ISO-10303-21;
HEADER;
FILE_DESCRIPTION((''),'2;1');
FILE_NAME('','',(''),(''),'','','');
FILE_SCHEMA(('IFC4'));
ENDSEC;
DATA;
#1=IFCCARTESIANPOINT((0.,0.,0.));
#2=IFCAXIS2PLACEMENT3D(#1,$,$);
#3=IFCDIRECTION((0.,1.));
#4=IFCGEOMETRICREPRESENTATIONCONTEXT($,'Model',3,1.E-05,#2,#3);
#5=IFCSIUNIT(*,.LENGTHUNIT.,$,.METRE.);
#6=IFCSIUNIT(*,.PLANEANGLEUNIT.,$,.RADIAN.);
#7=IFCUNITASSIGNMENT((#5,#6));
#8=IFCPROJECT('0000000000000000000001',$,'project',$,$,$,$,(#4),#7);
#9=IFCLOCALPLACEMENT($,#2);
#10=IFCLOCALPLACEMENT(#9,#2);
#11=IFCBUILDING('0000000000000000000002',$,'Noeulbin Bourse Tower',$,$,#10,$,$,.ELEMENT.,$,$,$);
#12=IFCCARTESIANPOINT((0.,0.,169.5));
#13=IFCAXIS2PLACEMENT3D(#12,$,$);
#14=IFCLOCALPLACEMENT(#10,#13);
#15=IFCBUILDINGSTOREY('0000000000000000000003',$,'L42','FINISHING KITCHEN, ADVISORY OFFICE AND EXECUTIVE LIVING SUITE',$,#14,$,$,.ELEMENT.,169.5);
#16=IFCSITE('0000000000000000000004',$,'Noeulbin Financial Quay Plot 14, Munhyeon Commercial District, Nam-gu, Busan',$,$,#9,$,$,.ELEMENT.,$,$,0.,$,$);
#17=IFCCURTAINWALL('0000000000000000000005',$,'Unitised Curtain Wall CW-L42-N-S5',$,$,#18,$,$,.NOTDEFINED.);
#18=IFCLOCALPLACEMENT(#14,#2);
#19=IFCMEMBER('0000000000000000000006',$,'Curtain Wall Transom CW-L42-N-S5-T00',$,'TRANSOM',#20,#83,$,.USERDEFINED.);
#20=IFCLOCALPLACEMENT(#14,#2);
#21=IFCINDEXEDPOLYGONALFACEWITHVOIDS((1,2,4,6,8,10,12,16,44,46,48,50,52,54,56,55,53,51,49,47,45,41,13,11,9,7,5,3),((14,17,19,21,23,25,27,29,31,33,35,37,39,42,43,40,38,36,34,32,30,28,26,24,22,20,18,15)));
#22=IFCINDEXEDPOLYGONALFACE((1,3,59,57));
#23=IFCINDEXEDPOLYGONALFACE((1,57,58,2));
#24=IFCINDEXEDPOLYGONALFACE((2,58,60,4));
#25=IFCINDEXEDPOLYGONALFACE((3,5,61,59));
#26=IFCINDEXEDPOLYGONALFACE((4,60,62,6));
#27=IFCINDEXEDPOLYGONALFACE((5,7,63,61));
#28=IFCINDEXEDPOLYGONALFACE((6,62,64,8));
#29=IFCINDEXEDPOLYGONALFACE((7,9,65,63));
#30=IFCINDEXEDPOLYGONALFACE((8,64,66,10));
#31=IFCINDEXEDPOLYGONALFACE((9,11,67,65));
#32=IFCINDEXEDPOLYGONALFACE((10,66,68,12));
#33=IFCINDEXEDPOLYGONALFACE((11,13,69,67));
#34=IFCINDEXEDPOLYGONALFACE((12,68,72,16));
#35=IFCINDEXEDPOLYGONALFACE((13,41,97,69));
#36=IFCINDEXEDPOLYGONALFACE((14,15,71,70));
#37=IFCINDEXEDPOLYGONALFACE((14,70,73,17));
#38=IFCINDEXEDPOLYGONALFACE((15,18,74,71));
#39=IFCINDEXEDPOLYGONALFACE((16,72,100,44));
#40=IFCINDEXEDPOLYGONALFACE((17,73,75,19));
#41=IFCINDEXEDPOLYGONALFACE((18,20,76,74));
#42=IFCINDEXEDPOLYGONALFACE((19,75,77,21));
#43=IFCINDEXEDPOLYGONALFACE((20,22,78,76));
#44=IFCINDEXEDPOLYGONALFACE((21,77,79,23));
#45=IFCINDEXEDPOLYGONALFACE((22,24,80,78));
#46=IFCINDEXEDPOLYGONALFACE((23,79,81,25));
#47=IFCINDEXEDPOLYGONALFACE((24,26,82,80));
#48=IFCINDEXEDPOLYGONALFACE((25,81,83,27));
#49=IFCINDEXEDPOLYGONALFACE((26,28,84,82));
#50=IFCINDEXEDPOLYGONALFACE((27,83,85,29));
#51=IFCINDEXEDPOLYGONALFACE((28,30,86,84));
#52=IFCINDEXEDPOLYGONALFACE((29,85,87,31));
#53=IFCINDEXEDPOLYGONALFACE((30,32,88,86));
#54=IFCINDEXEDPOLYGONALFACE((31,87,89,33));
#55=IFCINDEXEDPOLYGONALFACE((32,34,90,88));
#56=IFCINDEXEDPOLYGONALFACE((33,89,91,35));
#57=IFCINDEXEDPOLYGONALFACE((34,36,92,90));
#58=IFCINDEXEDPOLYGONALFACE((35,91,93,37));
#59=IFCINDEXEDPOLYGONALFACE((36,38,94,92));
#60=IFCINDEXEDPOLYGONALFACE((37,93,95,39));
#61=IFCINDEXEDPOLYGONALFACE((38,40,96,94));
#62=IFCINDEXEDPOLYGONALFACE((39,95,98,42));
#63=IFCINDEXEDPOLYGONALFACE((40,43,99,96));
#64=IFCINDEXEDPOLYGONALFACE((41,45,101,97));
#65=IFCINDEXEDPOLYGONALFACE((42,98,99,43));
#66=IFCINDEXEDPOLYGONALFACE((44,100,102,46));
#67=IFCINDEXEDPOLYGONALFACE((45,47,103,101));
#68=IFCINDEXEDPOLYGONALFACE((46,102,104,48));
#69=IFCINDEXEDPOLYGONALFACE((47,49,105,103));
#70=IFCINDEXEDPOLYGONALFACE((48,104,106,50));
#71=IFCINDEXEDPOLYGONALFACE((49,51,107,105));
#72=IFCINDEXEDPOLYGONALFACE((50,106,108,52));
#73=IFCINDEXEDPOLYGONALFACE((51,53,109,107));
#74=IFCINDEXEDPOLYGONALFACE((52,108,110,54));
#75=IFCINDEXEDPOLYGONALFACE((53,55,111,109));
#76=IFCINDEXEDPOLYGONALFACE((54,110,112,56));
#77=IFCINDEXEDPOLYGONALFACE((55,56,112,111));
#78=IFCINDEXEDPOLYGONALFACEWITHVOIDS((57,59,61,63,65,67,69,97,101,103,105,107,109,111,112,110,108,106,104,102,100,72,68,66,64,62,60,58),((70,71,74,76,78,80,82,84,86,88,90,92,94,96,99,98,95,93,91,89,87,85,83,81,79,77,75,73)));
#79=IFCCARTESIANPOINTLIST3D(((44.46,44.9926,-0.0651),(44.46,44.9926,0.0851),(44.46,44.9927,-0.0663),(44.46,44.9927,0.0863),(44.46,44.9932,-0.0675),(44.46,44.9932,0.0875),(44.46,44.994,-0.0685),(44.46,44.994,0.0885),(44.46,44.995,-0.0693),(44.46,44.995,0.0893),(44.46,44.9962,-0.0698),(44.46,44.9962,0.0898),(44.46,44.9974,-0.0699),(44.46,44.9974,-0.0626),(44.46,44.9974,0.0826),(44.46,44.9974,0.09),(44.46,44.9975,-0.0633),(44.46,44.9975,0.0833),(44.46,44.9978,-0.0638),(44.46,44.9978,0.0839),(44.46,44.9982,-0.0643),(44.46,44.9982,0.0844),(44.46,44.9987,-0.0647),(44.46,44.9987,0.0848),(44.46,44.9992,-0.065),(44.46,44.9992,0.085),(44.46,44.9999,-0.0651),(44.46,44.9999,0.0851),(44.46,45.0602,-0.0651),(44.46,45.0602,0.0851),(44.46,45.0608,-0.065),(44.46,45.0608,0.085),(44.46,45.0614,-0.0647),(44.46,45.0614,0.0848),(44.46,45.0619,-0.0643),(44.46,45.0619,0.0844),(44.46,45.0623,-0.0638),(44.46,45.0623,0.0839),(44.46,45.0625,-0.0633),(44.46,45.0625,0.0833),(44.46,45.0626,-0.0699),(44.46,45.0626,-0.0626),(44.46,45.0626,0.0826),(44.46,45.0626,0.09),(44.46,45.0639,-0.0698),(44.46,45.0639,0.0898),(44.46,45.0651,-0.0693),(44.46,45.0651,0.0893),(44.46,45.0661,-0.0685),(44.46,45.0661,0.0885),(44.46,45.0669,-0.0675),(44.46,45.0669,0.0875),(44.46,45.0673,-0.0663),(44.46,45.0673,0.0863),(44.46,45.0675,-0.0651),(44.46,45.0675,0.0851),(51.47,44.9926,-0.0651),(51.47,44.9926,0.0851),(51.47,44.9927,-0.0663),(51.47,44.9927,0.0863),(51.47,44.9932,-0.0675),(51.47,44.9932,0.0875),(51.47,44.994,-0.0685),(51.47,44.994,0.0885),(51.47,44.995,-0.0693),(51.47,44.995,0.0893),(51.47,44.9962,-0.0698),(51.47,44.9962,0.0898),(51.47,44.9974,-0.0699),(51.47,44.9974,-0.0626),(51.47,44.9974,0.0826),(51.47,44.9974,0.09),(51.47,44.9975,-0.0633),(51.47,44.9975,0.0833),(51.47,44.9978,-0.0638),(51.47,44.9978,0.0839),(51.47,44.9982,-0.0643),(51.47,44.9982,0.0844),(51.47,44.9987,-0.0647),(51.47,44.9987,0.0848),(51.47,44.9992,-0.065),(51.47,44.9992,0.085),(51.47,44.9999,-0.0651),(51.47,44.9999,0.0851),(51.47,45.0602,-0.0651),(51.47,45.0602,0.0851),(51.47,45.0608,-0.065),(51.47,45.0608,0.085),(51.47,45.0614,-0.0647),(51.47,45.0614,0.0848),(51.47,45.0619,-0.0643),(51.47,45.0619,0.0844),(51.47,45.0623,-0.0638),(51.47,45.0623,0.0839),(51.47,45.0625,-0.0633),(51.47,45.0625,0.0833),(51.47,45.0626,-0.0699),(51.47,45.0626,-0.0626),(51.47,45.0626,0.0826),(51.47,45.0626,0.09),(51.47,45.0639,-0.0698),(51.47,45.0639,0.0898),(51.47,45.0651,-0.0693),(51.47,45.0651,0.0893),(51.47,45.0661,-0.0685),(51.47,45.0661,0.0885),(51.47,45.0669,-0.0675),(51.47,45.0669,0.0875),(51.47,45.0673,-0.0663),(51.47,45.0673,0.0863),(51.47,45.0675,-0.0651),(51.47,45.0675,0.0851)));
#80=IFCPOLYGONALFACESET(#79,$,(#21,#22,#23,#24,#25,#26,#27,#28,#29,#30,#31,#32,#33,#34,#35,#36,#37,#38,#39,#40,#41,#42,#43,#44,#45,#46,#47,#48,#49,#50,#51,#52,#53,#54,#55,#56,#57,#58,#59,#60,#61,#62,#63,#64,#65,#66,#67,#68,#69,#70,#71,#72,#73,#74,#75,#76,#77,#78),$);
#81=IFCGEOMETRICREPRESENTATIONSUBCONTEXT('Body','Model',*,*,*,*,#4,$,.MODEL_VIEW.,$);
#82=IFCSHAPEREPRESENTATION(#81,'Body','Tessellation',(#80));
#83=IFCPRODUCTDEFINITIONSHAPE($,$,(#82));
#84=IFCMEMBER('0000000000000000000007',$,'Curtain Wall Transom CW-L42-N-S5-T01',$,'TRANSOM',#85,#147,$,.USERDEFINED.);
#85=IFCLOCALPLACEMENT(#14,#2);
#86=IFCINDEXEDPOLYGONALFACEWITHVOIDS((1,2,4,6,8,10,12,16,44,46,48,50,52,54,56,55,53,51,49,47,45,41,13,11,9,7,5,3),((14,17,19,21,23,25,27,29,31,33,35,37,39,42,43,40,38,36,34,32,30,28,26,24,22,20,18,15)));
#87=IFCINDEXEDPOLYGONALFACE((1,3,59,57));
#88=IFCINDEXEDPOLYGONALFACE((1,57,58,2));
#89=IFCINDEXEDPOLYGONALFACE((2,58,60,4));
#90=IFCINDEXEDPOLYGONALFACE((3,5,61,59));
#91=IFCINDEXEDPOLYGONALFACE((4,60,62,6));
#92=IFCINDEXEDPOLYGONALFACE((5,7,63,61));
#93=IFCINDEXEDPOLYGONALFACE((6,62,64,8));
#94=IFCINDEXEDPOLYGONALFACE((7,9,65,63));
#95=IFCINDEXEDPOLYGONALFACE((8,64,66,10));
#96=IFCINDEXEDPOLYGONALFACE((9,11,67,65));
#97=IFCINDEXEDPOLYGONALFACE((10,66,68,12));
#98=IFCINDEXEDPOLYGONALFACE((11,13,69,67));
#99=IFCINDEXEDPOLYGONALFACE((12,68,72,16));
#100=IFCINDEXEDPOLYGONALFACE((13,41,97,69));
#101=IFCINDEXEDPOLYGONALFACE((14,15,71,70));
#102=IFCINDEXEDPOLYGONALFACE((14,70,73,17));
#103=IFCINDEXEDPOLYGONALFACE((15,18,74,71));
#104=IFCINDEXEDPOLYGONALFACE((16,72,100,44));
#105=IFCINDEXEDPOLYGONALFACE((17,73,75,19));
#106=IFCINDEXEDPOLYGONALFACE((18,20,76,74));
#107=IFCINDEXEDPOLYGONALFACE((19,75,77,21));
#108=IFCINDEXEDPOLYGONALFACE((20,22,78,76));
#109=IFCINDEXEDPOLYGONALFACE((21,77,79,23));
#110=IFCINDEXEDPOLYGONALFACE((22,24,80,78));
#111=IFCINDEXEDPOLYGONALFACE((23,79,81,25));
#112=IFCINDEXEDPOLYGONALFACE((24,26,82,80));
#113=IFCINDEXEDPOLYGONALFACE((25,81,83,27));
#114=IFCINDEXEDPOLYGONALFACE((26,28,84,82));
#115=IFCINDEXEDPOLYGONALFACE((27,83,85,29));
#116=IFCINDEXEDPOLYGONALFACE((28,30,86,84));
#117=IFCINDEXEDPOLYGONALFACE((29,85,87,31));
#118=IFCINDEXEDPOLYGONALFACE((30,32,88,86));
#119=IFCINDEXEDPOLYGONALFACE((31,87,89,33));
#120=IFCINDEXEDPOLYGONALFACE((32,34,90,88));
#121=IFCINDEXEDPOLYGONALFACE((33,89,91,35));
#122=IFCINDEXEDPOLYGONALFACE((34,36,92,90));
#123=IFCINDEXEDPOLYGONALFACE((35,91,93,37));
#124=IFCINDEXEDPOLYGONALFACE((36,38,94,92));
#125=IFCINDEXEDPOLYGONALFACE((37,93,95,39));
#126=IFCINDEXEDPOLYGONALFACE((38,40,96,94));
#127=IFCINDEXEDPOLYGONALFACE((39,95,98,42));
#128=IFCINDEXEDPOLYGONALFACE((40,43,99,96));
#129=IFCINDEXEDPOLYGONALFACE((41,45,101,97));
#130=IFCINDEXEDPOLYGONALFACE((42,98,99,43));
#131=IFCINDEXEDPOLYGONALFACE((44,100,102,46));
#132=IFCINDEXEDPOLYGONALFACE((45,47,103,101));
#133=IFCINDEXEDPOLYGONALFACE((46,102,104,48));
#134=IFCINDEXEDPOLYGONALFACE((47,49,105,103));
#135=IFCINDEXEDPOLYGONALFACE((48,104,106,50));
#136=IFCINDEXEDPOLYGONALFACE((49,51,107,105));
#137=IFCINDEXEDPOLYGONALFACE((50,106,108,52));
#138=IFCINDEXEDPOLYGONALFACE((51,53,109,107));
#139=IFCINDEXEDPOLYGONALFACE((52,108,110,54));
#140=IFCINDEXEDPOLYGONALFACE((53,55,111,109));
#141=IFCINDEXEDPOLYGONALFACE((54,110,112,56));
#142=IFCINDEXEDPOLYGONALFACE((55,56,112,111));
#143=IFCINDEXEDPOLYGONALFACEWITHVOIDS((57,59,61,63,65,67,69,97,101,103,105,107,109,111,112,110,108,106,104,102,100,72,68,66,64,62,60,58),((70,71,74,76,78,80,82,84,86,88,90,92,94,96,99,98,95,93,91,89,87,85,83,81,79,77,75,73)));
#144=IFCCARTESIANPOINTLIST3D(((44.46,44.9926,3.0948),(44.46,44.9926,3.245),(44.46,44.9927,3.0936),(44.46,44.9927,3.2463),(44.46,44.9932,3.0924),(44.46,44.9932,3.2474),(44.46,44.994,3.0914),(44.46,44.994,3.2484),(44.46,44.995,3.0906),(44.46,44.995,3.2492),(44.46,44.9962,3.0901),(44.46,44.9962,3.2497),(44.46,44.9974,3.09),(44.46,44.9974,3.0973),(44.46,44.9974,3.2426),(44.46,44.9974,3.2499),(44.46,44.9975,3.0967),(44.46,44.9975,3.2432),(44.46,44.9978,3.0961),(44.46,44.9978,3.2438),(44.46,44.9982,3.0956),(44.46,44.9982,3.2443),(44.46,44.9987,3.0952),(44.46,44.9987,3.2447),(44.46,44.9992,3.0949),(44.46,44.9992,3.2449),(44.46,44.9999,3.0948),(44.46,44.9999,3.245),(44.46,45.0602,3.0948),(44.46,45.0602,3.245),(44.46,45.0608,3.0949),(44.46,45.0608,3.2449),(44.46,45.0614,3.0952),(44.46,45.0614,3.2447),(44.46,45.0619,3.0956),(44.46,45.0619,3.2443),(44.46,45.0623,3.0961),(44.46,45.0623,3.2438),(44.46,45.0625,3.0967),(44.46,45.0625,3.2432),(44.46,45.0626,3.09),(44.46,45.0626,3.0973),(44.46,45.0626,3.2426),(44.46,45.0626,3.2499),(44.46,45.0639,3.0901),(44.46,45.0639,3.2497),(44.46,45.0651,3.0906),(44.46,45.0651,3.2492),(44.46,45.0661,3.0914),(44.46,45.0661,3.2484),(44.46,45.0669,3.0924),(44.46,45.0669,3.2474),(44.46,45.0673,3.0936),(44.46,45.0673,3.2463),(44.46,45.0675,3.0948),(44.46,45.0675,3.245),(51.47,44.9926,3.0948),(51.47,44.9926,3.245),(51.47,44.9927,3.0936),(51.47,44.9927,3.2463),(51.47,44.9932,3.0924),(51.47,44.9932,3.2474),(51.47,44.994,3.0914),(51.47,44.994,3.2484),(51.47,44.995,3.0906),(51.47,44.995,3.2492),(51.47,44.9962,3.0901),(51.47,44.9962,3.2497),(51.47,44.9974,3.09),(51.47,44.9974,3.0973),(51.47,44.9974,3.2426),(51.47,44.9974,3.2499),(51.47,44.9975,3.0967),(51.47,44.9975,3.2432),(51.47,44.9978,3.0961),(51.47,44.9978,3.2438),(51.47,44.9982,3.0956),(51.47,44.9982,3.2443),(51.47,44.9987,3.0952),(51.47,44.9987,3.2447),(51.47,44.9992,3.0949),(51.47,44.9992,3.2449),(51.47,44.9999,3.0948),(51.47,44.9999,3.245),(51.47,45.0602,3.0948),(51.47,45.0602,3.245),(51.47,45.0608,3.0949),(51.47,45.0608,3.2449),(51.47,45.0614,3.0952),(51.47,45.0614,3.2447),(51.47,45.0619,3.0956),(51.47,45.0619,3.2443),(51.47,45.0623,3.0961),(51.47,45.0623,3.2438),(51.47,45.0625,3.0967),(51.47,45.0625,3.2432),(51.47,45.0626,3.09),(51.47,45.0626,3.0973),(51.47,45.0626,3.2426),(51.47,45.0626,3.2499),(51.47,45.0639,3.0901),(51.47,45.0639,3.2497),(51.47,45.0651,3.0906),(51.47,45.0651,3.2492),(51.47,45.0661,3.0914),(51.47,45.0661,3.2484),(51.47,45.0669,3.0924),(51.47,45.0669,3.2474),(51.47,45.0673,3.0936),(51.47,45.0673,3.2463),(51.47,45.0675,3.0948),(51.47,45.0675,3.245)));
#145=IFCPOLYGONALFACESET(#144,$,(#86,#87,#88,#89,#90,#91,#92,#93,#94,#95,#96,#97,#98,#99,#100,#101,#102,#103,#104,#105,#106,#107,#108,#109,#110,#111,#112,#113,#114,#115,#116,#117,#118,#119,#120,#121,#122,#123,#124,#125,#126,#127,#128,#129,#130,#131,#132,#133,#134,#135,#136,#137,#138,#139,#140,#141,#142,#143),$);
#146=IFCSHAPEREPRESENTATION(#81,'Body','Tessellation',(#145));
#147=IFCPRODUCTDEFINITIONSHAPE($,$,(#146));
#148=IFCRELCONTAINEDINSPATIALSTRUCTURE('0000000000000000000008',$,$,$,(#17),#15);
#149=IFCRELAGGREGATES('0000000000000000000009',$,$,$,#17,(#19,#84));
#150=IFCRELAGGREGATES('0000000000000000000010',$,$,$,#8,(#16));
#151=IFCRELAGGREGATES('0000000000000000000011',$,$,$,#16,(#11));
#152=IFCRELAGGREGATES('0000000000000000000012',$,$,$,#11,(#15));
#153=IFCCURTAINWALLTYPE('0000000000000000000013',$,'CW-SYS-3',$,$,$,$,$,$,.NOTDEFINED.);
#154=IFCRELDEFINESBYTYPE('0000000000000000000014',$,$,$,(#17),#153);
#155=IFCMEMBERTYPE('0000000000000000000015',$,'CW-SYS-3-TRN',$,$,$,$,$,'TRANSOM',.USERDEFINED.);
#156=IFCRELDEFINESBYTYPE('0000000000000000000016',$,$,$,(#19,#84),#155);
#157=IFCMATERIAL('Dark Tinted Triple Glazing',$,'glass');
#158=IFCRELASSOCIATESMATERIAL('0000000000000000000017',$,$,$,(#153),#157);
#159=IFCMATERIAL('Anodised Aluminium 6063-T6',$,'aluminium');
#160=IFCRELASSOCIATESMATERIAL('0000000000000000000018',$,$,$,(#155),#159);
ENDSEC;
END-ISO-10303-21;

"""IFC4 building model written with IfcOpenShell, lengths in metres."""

from ifc_helpers import new_model, si_unit, direction, frame, origin, origin_2d, place, context, subcontext, project, spatial, hollow_rectangle, extrude, material, material_profile, profile_set, type_object, element, aggregate, save


model = new_model("IFC4")

# Units and contexts
model_context = context("Model", 3, precision=1e-05, world=origin(), true_north=direction((0.0, 1.0)))
body_context = subcontext(model_context, "Body", "Model", "MODEL_VIEW")
ifc_project = project(units=[si_unit("LENGTHUNIT", "METRE"), si_unit("PLANEANGLEUNIT", "RADIAN")], contexts=[model_context])

# Site, building, storey
site_placement = place(None, origin())
site = spatial("IfcSite", under=ifc_project, at=site_placement, Name="Noeulbin Financial Quay Plot 14, Munhyeon Commercial District, Nam-gu, Busan", CompositionType="ELEMENT", RefElevation=0.0)
building_placement = place(site_placement, origin())
building = spatial("IfcBuilding", under=site, at=building_placement, Name="Noeulbin Bourse Tower", CompositionType="ELEMENT")
storey_placement = place(building_placement, frame((0.0, 0.0, 169.5)))
storey = spatial("IfcBuildingStorey", under=building, at=storey_placement, Name="L42", Description="FINISHING KITCHEN, ADVISORY OFFICE AND EXECUTIVE LIVING SUITE", CompositionType="ELEMENT", Elevation=169.5)

# Shared definitions
ifc_material_1 = material(Name="Dark Tinted Triple Glazing", Category="glass")
curtain_wall_type = type_object("IfcCurtainWallType", Name="CW-SYS-3", PredefinedType="NOTDEFINED", material=ifc_material_1)
ifc_material_2 = material(Name="Anodised Aluminium 6063-T6", Category="aluminium")

# Curtain wall
curtain_wall_1_placement = place(storey_placement, origin())
curtain_wall_1 = element("IfcCurtainWall", 1, at=curtain_wall_1_placement, inside=storey, type_object=curtain_wall_type, Name="Unitised Curtain Wall CW-L42-N-S5", PredefinedType="NOTDEFINED")

# Members
ifc_material_profile_1 = material_profile(ifc_material_2, hollow_rectangle(XDim=0.075, YDim=0.1599, WallThickness=0.0049, InnerFilletRadius=0.0024, OuterFilletRadius=0.0049, at=origin_2d()), Name="ALU-TRAN-75x160x5", Category="LoadBearing")
ifc_profile_set_1 = profile_set([ifc_material_profile_1], Name="Anodised Aluminium 6063-T6")
member_type_1 = type_object("IfcMemberType", Name="CW-SYS-3-TRN", ElementType="TRANSOM", PredefinedType="USERDEFINED", material=ifc_profile_set_1)
member_1_placement = place(storey_placement, frame((44.46, 45.03, 0.01), z_axis=(1.0, 0.0, 0.0), x_axis=(0.0, 1.0, 0.0)))
member_1 = element("IfcMember", 2, at=member_1_placement, type_object=member_type_1, Name="Curtain Wall Transom CW-L42-N-S5-T00", ObjectType="TRANSOM", PredefinedType="USERDEFINED", context=body_context, shape_type="SweptSolid", body=[
    extrude(hollow_rectangle(XDim=0.075, YDim=0.1599, WallThickness=0.0049, InnerFilletRadius=0.0024, OuterFilletRadius=0.0049, at=origin_2d()), origin(), (0.0, 0.0, 1.0), 7.01),
])
member_2_placement = place(storey_placement, frame((44.46, 45.03, 3.1699), z_axis=(1.0, 0.0, 0.0), x_axis=(0.0, 1.0, 0.0)))
member_2 = element("IfcMember", 3, at=member_2_placement, type_object=member_type_1, Name="Curtain Wall Transom CW-L42-N-S5-T01", ObjectType="TRANSOM", PredefinedType="USERDEFINED", context=body_context, shape_type="SweptSolid", body=[
    extrude(hollow_rectangle(XDim=0.075, YDim=0.1599, WallThickness=0.0049, InnerFilletRadius=0.0024, OuterFilletRadius=0.0049, at=origin_2d()), origin(), (0.0, 0.0, 1.0), 7.01),
])

aggregate(curtain_wall_1, [member_1, member_2])

save(model, "model.ifc")
